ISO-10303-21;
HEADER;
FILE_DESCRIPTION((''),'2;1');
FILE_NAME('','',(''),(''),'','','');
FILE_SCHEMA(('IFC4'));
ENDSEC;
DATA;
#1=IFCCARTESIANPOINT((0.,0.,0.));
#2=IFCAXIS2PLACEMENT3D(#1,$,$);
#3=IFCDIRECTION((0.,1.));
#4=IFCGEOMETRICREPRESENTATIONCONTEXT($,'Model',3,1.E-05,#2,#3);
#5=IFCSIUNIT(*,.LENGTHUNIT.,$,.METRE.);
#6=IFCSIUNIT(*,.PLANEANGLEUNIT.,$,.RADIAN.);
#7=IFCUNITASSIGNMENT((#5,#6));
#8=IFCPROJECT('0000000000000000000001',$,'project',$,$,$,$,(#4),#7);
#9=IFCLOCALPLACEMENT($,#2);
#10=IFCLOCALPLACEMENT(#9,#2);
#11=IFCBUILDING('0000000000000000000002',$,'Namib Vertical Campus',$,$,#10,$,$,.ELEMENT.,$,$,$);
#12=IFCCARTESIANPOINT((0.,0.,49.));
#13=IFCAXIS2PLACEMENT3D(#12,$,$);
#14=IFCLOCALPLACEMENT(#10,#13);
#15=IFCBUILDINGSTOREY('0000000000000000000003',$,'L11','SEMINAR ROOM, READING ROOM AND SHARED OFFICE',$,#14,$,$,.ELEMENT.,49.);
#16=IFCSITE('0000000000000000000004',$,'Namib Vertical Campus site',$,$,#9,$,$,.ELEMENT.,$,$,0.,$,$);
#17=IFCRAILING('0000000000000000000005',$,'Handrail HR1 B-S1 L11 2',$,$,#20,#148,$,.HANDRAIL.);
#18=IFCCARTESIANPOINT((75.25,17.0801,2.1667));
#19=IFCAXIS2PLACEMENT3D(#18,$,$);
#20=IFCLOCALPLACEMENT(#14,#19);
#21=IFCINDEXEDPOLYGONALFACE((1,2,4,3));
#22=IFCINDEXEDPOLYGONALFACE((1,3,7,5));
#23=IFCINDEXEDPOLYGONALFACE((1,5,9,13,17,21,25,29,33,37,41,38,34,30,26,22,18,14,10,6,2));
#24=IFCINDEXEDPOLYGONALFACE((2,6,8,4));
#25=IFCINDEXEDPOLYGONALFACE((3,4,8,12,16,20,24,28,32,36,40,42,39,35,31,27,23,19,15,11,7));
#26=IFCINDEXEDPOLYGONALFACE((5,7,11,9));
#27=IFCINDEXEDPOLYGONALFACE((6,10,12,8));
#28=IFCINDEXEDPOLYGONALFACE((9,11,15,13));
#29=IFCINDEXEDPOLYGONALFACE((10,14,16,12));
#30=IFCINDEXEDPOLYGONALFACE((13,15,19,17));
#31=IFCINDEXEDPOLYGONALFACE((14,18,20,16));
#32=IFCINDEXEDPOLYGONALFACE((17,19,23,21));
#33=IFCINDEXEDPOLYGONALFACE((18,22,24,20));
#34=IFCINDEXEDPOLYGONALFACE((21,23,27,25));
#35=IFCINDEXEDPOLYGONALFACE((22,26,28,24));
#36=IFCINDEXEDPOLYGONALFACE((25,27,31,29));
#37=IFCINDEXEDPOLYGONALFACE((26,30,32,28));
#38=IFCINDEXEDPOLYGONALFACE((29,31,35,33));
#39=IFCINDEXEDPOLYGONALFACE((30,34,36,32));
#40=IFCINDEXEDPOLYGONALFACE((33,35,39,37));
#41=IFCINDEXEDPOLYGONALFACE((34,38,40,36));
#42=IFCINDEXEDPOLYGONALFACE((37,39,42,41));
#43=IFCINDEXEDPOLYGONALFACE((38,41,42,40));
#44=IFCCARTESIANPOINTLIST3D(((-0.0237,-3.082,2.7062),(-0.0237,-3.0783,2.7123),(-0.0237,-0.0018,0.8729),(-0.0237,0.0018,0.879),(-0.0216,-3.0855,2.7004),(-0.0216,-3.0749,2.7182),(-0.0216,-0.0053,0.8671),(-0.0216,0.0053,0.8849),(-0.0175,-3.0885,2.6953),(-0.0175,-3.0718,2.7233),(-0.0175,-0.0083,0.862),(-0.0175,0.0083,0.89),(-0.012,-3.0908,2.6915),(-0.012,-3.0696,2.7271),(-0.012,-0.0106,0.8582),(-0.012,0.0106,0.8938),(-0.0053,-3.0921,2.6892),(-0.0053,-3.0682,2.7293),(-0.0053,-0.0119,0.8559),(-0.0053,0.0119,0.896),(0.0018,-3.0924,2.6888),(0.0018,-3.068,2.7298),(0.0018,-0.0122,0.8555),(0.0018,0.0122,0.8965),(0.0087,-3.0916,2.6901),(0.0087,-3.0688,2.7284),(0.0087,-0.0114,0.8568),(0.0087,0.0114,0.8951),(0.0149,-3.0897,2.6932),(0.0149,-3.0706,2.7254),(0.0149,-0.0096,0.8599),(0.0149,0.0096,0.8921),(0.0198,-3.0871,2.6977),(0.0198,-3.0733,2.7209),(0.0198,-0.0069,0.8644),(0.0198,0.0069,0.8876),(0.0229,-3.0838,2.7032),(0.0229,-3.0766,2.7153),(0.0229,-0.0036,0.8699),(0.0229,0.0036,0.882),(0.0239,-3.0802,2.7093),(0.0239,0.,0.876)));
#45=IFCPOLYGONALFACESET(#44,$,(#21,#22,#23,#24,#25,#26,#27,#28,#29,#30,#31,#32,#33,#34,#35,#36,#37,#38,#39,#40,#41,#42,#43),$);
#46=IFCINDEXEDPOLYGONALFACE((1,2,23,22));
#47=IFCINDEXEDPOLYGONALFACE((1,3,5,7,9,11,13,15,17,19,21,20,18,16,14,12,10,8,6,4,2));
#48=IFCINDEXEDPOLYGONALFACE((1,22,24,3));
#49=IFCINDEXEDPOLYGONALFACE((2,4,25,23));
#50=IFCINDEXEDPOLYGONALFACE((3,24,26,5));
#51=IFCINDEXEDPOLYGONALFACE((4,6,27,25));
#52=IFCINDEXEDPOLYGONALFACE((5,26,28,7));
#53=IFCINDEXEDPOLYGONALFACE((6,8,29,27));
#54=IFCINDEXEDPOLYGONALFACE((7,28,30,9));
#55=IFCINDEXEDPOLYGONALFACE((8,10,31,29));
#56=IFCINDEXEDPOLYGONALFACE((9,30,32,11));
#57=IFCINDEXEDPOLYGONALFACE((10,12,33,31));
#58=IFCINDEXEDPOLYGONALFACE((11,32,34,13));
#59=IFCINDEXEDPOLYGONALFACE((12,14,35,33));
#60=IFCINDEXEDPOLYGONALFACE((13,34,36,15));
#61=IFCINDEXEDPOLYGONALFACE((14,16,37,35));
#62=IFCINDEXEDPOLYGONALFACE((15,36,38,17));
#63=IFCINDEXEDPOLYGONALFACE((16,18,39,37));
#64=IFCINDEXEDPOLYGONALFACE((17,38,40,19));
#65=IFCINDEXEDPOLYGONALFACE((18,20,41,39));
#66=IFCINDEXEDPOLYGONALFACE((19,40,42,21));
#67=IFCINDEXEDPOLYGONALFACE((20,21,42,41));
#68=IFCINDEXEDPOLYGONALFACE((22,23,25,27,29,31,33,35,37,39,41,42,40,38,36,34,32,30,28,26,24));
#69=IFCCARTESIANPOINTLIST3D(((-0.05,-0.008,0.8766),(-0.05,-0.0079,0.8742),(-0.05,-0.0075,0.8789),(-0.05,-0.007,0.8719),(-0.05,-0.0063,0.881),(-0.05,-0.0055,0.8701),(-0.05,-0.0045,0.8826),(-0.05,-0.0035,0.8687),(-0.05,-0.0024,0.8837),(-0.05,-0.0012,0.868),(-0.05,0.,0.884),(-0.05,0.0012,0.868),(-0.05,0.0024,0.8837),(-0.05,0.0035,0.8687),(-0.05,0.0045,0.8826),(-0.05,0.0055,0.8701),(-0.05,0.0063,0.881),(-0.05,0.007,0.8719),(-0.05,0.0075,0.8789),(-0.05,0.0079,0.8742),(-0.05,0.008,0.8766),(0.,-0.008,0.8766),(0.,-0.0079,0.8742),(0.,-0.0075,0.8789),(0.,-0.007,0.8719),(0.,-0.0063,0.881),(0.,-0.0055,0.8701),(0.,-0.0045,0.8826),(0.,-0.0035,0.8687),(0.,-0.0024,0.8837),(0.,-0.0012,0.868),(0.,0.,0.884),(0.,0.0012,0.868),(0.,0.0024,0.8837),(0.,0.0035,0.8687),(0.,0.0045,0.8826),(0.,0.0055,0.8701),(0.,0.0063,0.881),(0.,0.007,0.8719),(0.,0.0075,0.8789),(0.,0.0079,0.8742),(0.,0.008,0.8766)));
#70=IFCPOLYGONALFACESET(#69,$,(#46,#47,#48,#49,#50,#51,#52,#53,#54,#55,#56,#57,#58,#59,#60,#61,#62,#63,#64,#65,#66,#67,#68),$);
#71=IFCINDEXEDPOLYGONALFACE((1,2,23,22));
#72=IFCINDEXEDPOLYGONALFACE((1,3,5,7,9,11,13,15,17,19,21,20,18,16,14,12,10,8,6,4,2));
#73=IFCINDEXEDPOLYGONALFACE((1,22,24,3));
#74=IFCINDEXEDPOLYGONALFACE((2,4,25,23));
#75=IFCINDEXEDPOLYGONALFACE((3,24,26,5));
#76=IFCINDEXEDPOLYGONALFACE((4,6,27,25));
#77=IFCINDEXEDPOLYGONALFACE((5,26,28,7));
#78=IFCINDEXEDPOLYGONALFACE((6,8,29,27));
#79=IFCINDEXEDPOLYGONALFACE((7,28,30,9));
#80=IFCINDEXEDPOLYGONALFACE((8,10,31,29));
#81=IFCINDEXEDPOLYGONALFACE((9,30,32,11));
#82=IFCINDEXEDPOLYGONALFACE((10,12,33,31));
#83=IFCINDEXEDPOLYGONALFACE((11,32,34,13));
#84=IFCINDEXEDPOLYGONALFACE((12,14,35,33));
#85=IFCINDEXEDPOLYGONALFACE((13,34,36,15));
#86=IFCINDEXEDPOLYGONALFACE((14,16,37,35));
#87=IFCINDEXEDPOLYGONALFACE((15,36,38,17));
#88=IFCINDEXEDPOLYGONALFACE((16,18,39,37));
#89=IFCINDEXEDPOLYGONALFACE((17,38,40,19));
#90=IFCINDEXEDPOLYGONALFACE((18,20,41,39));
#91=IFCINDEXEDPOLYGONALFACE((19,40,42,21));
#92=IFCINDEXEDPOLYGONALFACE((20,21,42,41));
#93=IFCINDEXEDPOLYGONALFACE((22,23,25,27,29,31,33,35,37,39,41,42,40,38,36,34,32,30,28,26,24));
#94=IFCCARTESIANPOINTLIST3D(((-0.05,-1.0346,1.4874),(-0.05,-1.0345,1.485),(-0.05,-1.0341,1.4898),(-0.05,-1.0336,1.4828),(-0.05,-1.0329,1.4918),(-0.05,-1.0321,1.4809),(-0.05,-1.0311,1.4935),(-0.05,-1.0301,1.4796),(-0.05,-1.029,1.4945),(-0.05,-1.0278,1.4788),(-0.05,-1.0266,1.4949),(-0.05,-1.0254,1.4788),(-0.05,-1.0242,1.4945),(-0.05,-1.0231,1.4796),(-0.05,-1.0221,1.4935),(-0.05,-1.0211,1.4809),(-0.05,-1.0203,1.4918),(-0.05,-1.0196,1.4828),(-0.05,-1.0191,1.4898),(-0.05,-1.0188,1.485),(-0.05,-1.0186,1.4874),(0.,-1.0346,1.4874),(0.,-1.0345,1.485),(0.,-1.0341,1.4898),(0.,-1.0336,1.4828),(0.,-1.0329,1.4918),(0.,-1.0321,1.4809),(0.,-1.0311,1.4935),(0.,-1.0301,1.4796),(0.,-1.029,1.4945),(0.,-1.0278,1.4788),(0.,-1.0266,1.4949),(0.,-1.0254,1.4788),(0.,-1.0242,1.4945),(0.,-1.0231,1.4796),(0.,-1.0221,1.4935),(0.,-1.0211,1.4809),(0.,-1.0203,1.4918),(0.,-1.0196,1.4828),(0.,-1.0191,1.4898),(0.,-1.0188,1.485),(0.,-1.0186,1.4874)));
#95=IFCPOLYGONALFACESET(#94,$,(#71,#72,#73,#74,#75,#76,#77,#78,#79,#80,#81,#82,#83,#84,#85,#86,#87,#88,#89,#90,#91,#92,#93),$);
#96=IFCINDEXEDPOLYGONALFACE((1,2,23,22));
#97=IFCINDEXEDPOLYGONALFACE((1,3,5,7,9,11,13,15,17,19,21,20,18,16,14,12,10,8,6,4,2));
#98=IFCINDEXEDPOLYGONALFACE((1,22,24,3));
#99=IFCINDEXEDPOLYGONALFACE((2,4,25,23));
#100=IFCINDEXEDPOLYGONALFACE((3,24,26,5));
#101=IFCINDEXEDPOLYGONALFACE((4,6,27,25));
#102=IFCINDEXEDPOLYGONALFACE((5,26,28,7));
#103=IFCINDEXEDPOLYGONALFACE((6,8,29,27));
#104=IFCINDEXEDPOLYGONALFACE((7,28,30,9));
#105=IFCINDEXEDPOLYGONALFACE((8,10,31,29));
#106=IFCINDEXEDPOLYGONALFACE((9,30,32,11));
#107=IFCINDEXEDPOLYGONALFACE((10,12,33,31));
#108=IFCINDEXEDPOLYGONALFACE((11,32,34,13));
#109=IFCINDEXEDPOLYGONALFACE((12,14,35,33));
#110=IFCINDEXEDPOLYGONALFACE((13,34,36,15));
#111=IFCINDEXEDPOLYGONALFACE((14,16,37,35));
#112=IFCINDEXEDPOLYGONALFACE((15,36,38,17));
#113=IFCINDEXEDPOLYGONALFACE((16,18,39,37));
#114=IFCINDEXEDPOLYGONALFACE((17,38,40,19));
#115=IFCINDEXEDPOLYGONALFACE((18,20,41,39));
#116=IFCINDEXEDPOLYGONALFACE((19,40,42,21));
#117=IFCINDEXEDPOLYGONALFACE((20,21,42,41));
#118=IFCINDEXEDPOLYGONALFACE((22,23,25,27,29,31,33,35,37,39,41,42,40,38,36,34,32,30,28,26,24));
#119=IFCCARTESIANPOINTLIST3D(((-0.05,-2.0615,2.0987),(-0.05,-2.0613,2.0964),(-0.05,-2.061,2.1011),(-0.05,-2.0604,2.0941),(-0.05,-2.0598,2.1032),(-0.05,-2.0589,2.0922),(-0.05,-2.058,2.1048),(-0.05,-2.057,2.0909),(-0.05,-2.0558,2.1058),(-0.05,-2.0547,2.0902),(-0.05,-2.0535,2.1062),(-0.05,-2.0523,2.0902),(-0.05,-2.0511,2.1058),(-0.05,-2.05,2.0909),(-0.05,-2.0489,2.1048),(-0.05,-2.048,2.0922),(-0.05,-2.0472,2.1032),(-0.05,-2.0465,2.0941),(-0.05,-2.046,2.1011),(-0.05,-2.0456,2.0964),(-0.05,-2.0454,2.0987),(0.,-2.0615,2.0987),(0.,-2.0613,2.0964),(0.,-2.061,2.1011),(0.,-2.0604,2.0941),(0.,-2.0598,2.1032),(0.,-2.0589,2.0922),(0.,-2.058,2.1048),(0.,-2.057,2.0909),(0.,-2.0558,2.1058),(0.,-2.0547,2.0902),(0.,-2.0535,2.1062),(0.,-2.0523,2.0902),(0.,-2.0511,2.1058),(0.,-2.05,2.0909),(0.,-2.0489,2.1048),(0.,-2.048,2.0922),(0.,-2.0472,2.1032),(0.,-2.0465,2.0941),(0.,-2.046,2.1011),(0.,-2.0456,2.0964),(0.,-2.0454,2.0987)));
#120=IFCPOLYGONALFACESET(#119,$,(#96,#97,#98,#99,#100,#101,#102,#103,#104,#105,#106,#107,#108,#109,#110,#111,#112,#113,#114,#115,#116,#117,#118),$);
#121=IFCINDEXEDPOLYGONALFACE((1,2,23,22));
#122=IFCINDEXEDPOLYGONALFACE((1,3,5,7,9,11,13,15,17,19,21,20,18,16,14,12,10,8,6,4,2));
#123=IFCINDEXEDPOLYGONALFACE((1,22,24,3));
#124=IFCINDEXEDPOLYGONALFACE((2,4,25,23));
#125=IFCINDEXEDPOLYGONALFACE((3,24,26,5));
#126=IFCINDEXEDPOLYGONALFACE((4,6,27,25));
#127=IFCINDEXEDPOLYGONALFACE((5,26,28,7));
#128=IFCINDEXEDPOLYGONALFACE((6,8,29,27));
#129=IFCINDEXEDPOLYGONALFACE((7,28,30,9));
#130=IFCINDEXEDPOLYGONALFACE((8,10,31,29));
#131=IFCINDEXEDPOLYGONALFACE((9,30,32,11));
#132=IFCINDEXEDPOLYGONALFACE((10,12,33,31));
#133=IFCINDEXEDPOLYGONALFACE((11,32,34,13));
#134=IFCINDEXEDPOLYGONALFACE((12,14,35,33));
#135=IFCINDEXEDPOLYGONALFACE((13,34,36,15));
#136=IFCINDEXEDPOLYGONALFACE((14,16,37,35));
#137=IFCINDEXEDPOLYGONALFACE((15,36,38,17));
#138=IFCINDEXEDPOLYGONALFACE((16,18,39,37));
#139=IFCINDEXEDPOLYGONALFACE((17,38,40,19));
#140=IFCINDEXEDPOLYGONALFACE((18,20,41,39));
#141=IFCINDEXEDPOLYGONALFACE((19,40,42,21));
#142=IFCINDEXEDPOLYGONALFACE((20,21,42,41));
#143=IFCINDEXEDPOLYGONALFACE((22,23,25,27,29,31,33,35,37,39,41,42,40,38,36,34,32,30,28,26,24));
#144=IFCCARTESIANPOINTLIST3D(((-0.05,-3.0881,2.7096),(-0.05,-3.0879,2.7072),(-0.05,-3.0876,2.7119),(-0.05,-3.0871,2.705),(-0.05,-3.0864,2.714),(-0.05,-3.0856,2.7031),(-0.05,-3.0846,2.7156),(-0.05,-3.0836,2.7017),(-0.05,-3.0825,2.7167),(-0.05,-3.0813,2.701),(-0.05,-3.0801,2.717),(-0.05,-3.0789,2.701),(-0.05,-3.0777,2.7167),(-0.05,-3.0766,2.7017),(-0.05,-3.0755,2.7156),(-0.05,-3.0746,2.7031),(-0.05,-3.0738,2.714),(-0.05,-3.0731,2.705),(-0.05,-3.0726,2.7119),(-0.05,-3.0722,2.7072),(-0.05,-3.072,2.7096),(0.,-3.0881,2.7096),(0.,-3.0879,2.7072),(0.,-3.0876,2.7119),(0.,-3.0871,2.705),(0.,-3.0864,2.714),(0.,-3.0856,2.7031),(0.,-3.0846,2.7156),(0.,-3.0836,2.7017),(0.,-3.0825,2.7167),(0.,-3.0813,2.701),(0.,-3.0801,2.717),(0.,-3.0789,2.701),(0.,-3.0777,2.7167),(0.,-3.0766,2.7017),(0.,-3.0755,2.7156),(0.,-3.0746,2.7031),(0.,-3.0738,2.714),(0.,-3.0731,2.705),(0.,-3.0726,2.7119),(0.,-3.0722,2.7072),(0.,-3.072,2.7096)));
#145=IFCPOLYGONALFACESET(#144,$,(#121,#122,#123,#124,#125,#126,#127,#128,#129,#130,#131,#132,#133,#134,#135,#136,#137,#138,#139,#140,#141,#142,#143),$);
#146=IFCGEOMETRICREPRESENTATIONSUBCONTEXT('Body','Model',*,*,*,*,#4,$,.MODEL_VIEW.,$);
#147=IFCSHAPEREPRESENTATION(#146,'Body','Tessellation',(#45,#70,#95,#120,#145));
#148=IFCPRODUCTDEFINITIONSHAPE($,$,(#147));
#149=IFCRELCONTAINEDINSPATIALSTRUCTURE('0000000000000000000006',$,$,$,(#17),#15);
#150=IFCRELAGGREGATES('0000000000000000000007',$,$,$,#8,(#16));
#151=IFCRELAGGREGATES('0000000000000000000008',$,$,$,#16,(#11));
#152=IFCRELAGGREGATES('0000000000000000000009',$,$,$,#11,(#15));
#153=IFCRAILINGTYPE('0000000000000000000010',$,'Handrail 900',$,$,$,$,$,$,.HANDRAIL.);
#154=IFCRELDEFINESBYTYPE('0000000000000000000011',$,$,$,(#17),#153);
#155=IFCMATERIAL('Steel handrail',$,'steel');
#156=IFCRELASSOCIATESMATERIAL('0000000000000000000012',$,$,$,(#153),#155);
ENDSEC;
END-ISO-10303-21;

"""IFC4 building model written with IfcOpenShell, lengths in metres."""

from ifc_helpers import new_model, si_unit, direction, frame, origin, origin_2d, place, context, subcontext, project, spatial, circle, extrude, material, type_object, element, save


model = new_model("IFC4")

# Units and contexts
model_context = context("Model", 3, precision=1e-05, world=origin(), true_north=direction((0.0, 1.0)))
body_context = subcontext(model_context, "Body", "Model", "MODEL_VIEW")
ifc_project = project(units=[si_unit("LENGTHUNIT", "METRE"), si_unit("PLANEANGLEUNIT", "RADIAN")], contexts=[model_context])

# Site, building, storey
site_placement = place(None, origin())
site = spatial("IfcSite", under=ifc_project, at=site_placement, Name="Namib Vertical Campus site", CompositionType="ELEMENT", RefElevation=0.0)
building_placement = place(site_placement, origin())
building = spatial("IfcBuilding", under=site, at=building_placement, Name="Namib Vertical Campus", CompositionType="ELEMENT")
storey_placement = place(building_placement, frame((0.0, 0.0, 49.0)))
storey = spatial("IfcBuildingStorey", under=building, at=storey_placement, Name="L11", Description="SEMINAR ROOM, READING ROOM AND SHARED OFFICE", CompositionType="ELEMENT", Elevation=49.0)

# Railing
ifc_material_1 = material(Name="Steel handrail", Category="steel")
railing_type_1 = type_object("IfcRailingType", Name="Handrail 900", PredefinedType="HANDRAIL", material=ifc_material_1)
railing_1_placement = place(storey_placement, frame((75.25, 17.0801, 2.1667)))
element("IfcRailing", 1, at=railing_1_placement, inside=storey, type_object=railing_type_1, Name="Handrail HR1 B-S1 L11 2", PredefinedType="HANDRAIL", context=body_context, shape_type="SweptSolid", body=[
    extrude(circle(Radius=0.0239, at=origin_2d()), frame((0.0, 0.0, 0.876), z_axis=(0.0, -0.859309, 0.511458), x_axis=(1.0, 0.0, 0.0)), (0.0, 0.0, 1.0), 3.5845),
    extrude(circle(Radius=0.0081, at=origin_2d()), frame((0.0, 0.0, 0.876), z_axis=(-1.0, 0.0, 0.0), x_axis=(0.0, 0.0, 1.0)), (0.0, 0.0, 1.0), 0.05),
    extrude(circle(Radius=0.0081, at=origin_2d()), frame((0.0, -1.0266, 1.4868), z_axis=(-1.0, 0.0, 0.0), x_axis=(0.0, 0.0, 1.0)), (0.0, 0.0, 1.0), 0.05),
    extrude(circle(Radius=0.0081, at=origin_2d()), frame((0.0, -2.0535, 2.0981), z_axis=(-1.0, 0.0, 0.0), x_axis=(0.0, 0.0, 1.0)), (0.0, 0.0, 1.0), 0.05),
    extrude(circle(Radius=0.0081, at=origin_2d()), frame((0.0, -3.0801, 2.709), z_axis=(-1.0, 0.0, 0.0), x_axis=(0.0, 0.0, 1.0)), (0.0, 0.0, 1.0), 0.05),
])

save(model, "model.ifc")
